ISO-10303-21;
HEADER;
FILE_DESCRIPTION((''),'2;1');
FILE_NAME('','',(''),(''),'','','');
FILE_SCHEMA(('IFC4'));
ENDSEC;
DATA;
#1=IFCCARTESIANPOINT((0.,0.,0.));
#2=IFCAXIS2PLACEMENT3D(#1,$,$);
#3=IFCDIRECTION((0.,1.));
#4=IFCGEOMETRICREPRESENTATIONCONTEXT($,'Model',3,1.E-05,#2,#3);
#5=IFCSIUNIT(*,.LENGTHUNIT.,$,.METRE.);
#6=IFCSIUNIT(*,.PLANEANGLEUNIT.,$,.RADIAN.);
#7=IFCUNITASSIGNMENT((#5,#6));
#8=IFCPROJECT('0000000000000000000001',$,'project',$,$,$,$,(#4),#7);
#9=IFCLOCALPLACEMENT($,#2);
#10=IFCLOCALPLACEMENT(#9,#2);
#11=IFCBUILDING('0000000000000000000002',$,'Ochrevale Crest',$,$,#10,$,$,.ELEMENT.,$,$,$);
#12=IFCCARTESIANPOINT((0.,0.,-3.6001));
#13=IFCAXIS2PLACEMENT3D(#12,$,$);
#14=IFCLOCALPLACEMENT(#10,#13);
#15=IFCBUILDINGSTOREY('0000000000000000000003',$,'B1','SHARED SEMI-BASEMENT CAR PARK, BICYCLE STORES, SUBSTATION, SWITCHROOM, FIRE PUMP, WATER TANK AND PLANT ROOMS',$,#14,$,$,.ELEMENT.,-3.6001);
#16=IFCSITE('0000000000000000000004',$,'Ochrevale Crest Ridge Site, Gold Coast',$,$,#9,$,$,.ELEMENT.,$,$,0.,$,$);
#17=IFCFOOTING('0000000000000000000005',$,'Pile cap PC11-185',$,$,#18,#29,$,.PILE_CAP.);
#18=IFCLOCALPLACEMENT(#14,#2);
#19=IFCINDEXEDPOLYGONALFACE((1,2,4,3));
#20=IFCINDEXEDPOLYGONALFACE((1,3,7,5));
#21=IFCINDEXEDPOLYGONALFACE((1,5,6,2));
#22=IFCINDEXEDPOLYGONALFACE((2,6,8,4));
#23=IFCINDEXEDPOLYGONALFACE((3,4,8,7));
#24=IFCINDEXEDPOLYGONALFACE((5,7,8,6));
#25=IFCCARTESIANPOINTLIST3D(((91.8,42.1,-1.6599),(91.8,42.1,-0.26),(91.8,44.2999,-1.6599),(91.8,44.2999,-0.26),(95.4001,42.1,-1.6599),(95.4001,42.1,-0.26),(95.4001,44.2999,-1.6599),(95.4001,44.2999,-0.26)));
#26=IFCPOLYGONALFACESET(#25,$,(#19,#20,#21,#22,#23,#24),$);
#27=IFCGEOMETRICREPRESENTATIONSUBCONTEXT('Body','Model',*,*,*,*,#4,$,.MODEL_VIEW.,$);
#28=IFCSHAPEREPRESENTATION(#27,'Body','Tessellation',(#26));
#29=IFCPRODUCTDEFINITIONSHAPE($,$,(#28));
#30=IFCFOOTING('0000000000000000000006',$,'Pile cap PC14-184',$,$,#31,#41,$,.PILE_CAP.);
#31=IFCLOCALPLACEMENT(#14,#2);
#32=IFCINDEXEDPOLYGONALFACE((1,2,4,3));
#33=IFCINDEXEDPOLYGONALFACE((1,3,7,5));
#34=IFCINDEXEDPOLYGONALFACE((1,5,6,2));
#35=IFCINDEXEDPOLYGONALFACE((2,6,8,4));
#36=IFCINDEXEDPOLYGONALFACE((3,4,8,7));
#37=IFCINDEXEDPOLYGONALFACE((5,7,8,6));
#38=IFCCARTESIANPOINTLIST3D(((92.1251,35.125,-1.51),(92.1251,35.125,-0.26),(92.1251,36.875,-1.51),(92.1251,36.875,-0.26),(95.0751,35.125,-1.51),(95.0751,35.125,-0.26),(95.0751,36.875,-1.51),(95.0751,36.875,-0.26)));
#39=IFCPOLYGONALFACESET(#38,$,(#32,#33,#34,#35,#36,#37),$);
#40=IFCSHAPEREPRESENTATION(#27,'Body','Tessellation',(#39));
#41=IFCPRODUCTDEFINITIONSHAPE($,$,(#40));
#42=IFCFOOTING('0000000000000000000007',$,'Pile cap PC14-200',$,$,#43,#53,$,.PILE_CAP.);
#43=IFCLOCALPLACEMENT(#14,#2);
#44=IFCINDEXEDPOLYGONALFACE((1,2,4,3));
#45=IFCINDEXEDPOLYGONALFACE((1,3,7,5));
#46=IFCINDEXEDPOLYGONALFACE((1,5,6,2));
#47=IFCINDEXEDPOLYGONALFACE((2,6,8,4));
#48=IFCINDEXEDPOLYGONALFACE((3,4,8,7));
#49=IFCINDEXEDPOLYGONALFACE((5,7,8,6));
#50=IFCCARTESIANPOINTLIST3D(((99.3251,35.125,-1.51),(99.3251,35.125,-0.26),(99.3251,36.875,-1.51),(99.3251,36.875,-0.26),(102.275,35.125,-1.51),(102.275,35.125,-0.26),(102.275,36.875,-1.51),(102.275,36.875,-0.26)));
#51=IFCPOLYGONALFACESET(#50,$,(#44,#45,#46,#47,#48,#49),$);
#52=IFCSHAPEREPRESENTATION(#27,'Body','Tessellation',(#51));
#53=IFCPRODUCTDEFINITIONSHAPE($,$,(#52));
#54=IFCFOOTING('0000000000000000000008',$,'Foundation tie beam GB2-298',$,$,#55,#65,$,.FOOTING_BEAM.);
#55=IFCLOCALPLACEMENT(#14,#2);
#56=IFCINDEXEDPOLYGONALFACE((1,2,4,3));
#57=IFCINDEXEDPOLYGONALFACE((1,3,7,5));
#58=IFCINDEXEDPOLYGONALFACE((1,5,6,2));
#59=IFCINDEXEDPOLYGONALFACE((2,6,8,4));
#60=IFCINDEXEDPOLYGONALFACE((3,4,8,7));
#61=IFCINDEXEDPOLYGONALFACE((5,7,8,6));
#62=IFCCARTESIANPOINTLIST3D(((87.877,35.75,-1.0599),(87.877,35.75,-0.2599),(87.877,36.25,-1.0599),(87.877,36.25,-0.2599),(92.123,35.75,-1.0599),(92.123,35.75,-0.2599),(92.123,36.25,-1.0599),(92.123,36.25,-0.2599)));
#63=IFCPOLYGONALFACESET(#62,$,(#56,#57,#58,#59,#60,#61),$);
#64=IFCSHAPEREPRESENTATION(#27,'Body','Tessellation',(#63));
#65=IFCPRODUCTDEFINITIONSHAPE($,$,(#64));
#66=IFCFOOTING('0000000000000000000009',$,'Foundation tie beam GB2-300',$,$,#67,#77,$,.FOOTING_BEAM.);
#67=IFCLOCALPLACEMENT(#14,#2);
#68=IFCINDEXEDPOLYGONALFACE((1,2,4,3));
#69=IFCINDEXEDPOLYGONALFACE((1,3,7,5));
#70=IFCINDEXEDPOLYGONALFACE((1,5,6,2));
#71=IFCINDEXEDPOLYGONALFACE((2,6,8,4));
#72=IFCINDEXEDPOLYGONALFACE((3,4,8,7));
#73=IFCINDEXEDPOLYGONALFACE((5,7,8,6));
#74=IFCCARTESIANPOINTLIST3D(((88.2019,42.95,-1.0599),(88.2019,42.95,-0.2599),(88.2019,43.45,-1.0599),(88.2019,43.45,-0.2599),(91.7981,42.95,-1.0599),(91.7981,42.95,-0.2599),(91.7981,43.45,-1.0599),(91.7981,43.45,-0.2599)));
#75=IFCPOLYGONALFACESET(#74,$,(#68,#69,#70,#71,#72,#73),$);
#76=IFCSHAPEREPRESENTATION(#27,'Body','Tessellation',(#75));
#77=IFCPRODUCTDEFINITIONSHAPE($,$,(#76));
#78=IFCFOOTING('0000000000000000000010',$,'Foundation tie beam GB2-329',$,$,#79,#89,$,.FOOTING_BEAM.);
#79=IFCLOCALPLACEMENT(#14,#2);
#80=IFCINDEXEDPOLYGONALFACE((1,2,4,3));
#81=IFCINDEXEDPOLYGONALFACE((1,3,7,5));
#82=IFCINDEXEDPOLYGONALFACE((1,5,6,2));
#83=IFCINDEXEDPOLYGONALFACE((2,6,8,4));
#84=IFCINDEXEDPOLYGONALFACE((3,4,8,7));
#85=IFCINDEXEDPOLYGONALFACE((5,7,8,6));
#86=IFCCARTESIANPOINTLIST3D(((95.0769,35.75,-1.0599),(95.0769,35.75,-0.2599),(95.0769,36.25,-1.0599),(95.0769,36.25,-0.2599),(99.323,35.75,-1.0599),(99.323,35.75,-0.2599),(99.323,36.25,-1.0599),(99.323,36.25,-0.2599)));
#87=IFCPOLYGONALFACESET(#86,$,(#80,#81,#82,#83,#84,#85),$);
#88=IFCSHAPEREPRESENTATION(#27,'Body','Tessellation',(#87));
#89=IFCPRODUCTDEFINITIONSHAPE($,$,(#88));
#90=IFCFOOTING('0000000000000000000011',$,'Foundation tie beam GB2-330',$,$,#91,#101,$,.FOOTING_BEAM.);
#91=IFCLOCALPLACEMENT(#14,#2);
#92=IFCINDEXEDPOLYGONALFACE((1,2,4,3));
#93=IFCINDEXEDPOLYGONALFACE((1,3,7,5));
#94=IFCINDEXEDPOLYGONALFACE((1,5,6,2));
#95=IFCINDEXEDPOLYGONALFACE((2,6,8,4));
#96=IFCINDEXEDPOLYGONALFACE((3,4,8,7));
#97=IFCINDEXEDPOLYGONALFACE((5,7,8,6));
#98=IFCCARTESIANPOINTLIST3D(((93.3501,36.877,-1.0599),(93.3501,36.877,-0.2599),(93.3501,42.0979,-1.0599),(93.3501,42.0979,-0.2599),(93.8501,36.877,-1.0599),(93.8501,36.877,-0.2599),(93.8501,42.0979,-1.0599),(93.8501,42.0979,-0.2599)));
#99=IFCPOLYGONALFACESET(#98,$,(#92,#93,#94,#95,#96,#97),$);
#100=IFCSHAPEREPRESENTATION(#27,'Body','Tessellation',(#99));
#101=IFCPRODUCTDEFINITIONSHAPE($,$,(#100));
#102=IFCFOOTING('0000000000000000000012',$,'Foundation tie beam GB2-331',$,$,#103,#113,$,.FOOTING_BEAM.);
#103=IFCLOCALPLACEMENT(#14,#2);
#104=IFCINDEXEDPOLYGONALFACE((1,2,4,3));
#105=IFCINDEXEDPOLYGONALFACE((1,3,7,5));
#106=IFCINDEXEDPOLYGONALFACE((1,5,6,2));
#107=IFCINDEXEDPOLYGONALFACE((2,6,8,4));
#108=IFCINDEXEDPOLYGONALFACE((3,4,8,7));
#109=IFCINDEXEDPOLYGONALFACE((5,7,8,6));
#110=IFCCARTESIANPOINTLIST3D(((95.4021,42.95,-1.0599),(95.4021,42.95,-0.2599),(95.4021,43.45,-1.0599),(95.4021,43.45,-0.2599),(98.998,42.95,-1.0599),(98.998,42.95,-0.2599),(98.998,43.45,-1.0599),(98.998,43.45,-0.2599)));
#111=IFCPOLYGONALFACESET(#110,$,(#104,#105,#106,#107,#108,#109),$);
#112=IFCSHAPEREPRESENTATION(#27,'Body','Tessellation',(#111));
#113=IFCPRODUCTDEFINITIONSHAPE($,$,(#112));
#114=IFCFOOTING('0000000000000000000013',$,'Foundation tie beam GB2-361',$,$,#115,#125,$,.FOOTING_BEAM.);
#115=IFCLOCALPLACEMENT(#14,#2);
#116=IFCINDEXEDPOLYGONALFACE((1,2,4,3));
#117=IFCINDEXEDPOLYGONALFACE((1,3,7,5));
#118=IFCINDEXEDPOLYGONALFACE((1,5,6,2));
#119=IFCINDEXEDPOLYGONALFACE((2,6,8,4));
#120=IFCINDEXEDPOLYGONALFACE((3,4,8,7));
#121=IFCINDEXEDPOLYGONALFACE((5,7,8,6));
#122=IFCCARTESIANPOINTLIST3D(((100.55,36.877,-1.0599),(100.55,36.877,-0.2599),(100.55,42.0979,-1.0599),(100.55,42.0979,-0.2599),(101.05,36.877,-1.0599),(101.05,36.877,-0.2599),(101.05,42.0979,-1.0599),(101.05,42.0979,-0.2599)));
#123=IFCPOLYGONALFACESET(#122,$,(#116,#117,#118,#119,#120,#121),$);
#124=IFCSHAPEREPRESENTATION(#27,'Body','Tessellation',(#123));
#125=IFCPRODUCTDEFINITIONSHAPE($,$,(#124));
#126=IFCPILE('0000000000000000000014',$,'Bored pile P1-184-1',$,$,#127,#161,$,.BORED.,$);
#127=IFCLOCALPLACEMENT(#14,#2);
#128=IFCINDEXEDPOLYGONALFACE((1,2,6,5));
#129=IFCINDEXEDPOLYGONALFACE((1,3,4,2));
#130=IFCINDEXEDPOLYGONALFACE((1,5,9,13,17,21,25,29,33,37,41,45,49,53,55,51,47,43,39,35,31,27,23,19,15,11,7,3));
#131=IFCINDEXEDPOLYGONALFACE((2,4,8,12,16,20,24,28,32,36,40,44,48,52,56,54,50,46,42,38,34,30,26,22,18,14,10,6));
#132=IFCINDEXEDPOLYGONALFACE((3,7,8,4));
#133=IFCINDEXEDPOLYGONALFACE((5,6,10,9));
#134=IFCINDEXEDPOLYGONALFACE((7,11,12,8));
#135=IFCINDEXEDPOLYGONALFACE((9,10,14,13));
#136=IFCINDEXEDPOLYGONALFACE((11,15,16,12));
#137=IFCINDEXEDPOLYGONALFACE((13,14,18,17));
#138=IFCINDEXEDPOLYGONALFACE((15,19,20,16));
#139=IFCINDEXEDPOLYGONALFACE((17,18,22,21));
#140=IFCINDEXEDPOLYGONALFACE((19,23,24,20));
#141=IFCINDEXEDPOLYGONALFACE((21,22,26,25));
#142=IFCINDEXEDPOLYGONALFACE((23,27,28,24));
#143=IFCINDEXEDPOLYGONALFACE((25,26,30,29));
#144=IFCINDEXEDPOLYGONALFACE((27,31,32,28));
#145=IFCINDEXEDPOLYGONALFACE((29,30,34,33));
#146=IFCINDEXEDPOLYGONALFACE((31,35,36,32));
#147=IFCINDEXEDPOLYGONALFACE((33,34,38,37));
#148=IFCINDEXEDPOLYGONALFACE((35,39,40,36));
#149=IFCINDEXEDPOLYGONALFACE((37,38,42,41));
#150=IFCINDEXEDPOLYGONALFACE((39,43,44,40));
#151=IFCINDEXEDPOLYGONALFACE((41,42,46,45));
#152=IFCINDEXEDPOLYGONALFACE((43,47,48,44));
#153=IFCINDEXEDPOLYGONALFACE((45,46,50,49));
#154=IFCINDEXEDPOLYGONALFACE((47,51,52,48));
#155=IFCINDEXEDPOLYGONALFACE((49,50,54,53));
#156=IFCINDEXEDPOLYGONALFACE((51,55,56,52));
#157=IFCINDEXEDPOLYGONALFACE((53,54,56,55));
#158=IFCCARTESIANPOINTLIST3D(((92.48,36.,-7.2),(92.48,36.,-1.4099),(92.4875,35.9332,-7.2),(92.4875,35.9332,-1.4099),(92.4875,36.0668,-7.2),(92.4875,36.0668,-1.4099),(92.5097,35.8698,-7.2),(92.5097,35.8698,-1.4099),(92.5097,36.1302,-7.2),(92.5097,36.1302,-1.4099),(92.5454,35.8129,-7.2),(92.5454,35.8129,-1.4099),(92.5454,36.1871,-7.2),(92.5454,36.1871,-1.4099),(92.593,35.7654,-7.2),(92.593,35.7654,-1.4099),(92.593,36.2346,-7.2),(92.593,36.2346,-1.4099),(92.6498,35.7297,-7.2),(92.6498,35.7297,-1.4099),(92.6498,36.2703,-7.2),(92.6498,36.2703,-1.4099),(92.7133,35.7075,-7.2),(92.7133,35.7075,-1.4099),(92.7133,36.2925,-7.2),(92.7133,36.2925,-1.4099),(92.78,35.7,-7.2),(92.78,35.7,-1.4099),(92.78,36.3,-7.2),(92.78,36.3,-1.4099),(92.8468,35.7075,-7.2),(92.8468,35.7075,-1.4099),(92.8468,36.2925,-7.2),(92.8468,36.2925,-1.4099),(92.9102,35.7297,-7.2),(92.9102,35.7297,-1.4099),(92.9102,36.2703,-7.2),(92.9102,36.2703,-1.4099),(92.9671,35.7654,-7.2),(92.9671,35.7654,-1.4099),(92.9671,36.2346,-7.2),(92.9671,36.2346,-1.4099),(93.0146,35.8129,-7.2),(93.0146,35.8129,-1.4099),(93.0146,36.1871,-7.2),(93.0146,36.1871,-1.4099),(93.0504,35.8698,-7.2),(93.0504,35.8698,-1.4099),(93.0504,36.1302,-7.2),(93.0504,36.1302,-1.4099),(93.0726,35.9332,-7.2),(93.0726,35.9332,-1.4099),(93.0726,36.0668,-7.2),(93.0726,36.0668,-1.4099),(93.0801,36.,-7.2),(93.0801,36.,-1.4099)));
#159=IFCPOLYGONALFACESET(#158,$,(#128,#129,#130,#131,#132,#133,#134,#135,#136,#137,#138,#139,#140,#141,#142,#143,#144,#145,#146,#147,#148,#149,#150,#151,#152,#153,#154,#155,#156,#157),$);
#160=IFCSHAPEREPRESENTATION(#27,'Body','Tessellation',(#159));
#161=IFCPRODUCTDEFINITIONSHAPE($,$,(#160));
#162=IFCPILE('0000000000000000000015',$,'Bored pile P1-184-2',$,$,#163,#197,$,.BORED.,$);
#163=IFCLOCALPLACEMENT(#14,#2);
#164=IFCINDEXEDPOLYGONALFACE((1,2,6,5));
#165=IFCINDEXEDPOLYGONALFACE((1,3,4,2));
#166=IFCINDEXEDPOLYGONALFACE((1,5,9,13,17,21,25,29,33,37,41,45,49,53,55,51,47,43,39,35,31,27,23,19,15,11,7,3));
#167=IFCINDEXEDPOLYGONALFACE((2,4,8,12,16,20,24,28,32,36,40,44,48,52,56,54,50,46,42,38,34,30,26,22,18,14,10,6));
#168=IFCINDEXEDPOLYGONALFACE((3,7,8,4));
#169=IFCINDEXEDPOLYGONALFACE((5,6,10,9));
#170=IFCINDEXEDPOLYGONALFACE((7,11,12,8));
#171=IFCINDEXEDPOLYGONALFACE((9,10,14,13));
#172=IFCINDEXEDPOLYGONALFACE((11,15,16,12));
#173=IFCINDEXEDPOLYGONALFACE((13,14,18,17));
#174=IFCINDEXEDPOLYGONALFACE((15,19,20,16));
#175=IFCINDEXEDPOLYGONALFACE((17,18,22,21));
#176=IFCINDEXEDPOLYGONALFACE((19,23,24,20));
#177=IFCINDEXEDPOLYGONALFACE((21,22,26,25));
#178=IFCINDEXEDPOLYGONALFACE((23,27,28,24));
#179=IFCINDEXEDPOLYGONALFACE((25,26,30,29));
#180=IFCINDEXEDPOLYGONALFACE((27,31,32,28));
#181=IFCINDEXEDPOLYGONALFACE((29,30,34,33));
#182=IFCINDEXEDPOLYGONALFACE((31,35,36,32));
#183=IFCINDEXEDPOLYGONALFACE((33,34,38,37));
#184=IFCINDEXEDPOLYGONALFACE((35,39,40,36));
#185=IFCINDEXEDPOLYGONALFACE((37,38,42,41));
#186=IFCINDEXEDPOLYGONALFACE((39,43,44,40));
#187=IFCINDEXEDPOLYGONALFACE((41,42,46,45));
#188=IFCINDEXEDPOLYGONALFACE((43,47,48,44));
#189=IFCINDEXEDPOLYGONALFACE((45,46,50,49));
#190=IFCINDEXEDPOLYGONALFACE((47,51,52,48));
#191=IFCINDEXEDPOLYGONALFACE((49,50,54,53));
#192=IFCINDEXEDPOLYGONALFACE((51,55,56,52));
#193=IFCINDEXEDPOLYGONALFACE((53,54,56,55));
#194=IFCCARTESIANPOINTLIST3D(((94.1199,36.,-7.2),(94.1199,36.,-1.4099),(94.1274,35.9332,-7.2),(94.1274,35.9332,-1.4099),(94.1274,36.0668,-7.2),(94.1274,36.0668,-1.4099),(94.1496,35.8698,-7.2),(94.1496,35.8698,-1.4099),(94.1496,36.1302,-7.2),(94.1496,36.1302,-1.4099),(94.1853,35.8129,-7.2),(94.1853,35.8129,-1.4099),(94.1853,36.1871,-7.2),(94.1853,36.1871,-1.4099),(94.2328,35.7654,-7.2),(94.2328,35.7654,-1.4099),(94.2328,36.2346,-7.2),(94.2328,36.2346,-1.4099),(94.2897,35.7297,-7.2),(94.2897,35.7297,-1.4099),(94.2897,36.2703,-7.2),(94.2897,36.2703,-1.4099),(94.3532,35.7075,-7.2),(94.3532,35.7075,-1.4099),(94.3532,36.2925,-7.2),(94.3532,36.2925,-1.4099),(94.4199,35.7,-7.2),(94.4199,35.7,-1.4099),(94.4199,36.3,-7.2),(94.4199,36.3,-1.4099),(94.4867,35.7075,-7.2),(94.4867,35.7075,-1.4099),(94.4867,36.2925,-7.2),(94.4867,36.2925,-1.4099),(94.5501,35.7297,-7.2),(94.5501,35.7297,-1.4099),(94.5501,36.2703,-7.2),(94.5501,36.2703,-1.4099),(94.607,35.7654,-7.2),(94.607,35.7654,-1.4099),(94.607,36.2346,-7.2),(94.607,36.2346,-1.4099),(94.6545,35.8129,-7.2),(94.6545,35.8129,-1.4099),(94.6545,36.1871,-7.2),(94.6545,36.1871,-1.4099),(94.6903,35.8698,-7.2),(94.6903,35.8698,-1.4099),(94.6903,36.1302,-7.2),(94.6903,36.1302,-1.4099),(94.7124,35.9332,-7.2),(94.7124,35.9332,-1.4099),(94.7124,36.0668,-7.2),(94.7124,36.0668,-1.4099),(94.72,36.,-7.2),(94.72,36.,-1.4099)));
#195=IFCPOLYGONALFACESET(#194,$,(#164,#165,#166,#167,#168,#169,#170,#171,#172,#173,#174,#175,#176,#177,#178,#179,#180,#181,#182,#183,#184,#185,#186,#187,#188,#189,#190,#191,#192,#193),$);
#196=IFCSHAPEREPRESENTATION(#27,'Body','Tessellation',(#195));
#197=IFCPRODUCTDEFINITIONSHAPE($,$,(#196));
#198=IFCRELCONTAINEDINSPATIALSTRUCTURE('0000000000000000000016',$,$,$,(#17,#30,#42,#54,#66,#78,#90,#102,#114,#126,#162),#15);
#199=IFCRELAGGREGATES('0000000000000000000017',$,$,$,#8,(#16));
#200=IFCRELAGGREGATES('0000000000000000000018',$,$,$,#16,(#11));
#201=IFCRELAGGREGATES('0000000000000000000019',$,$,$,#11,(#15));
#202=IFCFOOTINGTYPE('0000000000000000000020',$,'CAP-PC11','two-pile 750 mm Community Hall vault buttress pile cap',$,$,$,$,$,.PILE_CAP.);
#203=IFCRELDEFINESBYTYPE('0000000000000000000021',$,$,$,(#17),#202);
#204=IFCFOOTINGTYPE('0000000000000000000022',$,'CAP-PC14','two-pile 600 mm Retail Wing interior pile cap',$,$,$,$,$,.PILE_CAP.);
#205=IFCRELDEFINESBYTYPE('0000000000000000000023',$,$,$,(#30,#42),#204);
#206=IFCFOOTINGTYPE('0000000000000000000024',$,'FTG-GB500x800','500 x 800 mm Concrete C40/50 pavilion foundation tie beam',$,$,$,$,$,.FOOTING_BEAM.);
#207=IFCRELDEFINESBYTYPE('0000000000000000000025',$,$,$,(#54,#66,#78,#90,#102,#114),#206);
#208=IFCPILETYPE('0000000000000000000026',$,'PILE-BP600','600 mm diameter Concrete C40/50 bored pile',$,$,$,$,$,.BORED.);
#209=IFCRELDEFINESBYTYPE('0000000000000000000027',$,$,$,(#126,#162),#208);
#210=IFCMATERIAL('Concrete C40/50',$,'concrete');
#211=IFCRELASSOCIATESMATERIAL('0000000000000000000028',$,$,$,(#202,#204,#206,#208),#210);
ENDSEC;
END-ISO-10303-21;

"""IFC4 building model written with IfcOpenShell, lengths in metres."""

from ifc_helpers import new_model, si_unit, direction, frame, origin, origin_2d, place, context, subcontext, project, spatial, rectangle, circle, extrude, material, material_profile, profile_set, type_object, element, save


model = new_model("IFC4")

# Units and contexts
model_context = context("Model", 3, precision=1e-05, world=origin(), true_north=direction((0.0, 1.0)))
body_context = subcontext(model_context, "Body", "Model", "MODEL_VIEW")
ifc_project = project(units=[si_unit("LENGTHUNIT", "METRE"), si_unit("PLANEANGLEUNIT", "RADIAN")], contexts=[model_context])

# Site, building, storey
site_placement = place(None, origin())
site = spatial("IfcSite", under=ifc_project, at=site_placement, Name="Ochrevale Crest Ridge Site, Gold Coast", CompositionType="ELEMENT", RefElevation=0.0)
building_placement = place(site_placement, origin())
building = spatial("IfcBuilding", under=site, at=building_placement, Name="Ochrevale Crest", CompositionType="ELEMENT")
storey_placement = place(building_placement, frame((0.0, 0.0, -3.6001)))
storey = spatial("IfcBuildingStorey", under=building, at=storey_placement, Name="B1", Description="SHARED SEMI-BASEMENT CAR PARK, BICYCLE STORES, SUBSTATION, SWITCHROOM, FIRE PUMP, WATER TANK AND PLANT ROOMS", CompositionType="ELEMENT", Elevation=-3.6001)

# Footings
ifc_material_1 = material(Name="Concrete C40/50", Category="concrete")
footing_type_1 = type_object("IfcFootingType", Name="CAP-PC11", Description="two-pile 750 mm Community Hall vault buttress pile cap", PredefinedType="PILE_CAP", material=ifc_material_1)
footing_1_placement = place(storey_placement, frame((93.6001, 43.2, -1.6599), z_axis=(0.0, 0.0, 1.0), x_axis=(1.0, 0.0, 0.0)))
element("IfcFooting", 1, at=footing_1_placement, inside=storey, type_object=footing_type_1, Name="Pile cap PC11-185", PredefinedType="PILE_CAP", context=body_context, shape_type="SweptSolid", body=[
    extrude(rectangle(XDim=3.6001, YDim=2.2, at=origin_2d()), origin(), (0.0, 0.0, 1.0), 1.3999),
])
footing_type_2 = type_object("IfcFootingType", Name="CAP-PC14", Description="two-pile 600 mm Retail Wing interior pile cap", PredefinedType="PILE_CAP", material=ifc_material_1)
for number, where, z_axis, x_axis, name in (
    (2, (93.6001, 36.0, -1.51), (0.0, 0.0, 1.0), (1.0, 0.0, 0.0), "Pile cap PC14-184"),
    (3, (100.8, 36.0, -1.51), (0.0, 0.0, 1.0), (1.0, 0.0, 0.0), "Pile cap PC14-200"),
):
    element("IfcFooting", number, at=place(storey_placement, frame(where, z_axis=z_axis, x_axis=x_axis)), inside=storey, type_object=footing_type_2, Name=name, PredefinedType="PILE_CAP", context=body_context, shape_type="SweptSolid", body=[
        extrude(rectangle(XDim=2.95, YDim=1.75, at=origin_2d()), origin(), (0.0, 0.0, 1.0), 1.25),
    ])
ifc_material_profile_1 = material_profile(ifc_material_1, rectangle(XDim=0.5, YDim=0.8, at=origin_2d()), Name="GB 500x800")
ifc_profile_set_1 = profile_set([ifc_material_profile_1], Name="Concrete C40/50")
footing_type_3 = type_object("IfcFootingType", Name="FTG-GB500x800", Description="500 x 800 mm Concrete C40/50 pavilion foundation tie beam", PredefinedType="FOOTING_BEAM", material=ifc_profile_set_1)
footing_2_placement = place(storey_placement, frame((87.877, 36.0, -0.6599), z_axis=(1.0, 0.0, 0.0), x_axis=(0.0, 1.0, 0.0)))
element("IfcFooting", 4, at=footing_2_placement, inside=storey, type_object=footing_type_3, Name="Foundation tie beam GB2-298", PredefinedType="FOOTING_BEAM", context=body_context, shape_type="SweptSolid", body=[
    extrude(rectangle(XDim=0.5, YDim=0.8, at=origin_2d()), origin(), (0.0, 0.0, 1.0), 4.2461),
])
footing_3_placement = place(storey_placement, frame((88.2019, 43.2, -0.6599), z_axis=(1.0, 0.0, 0.0), x_axis=(0.0, 1.0, 0.0)))
element("IfcFooting", 5, at=footing_3_placement, inside=storey, type_object=footing_type_3, Name="Foundation tie beam GB2-300", PredefinedType="FOOTING_BEAM", context=body_context, shape_type="SweptSolid", body=[
    extrude(rectangle(XDim=0.5, YDim=0.8, at=origin_2d()), origin(), (0.0, 0.0, 1.0), 3.5962),
])
footing_4_placement = place(storey_placement, frame((95.0769, 36.0, -0.6599), z_axis=(1.0, 0.0, 0.0), x_axis=(0.0, 1.0, 0.0)))
element("IfcFooting", 6, at=footing_4_placement, inside=storey, type_object=footing_type_3, Name="Foundation tie beam GB2-329", PredefinedType="FOOTING_BEAM", context=body_context, shape_type="SweptSolid", body=[
    extrude(rectangle(XDim=0.5, YDim=0.8, at=origin_2d()), origin(), (0.0, 0.0, 1.0), 4.2461),
])
footing_5_placement = place(storey_placement, frame((93.6001, 36.877, -0.6599), z_axis=(0.0, 1.0, 0.0), x_axis=(-1.0, 0.0, 0.0)))
element("IfcFooting", 7, at=footing_5_placement, inside=storey, type_object=footing_type_3, Name="Foundation tie beam GB2-330", PredefinedType="FOOTING_BEAM", context=body_context, shape_type="SweptSolid", body=[
    extrude(rectangle(XDim=0.5, YDim=0.8, at=origin_2d()), origin(), (0.0, 0.0, 1.0), 5.2209),
])
footing_6_placement = place(storey_placement, frame((95.4021, 43.2, -0.6599), z_axis=(1.0, 0.0, 0.0), x_axis=(0.0, 1.0, 0.0)))
element("IfcFooting", 8, at=footing_6_placement, inside=storey, type_object=footing_type_3, Name="Foundation tie beam GB2-331", PredefinedType="FOOTING_BEAM", context=body_context, shape_type="SweptSolid", body=[
    extrude(rectangle(XDim=0.5, YDim=0.8, at=origin_2d()), origin(), (0.0, 0.0, 1.0), 3.5959),
])
footing_7_placement = place(storey_placement, frame((100.8, 36.877, -0.6599), z_axis=(0.0, 1.0, 0.0), x_axis=(-1.0, 0.0, 0.0)))
element("IfcFooting", 9, at=footing_7_placement, inside=storey, type_object=footing_type_3, Name="Foundation tie beam GB2-361", PredefinedType="FOOTING_BEAM", context=body_context, shape_type="SweptSolid", body=[
    extrude(rectangle(XDim=0.5, YDim=0.8, at=origin_2d()), origin(), (0.0, 0.0, 1.0), 5.2209),
])

# Piles
ifc_material_profile_2 = material_profile(ifc_material_1, circle(Radius=0.3, at=origin_2d()), Name="BORED PILE 600")
ifc_profile_set_2 = profile_set([ifc_material_profile_2], Name="Concrete C40/50")
pile_type_1 = type_object("IfcPileType", Name="PILE-BP600", Description="600 mm diameter Concrete C40/50 bored pile", PredefinedType="BORED", material=ifc_profile_set_2)
for number, where, z_axis, x_axis, name in (
    (10, (92.78, 36.0, -1.4099), (0.0, 0.0, -1.0), (1.0, 0.0, 0.0), "Bored pile P1-184-1"),
    (11, (94.4199, 36.0, -1.4099), (0.0, 0.0, -1.0), (1.0, 0.0, 0.0), "Bored pile P1-184-2"),
):
    element("IfcPile", number, at=place(storey_placement, frame(where, z_axis=z_axis, x_axis=x_axis)), inside=storey, type_object=pile_type_1, Name=name, PredefinedType="BORED", context=body_context, shape_type="SweptSolid", body=[
        extrude(circle(Radius=0.3, at=origin_2d()), origin(), (0.0, 0.0, 1.0), 5.79),
    ])

save(model, "model.ifc")
